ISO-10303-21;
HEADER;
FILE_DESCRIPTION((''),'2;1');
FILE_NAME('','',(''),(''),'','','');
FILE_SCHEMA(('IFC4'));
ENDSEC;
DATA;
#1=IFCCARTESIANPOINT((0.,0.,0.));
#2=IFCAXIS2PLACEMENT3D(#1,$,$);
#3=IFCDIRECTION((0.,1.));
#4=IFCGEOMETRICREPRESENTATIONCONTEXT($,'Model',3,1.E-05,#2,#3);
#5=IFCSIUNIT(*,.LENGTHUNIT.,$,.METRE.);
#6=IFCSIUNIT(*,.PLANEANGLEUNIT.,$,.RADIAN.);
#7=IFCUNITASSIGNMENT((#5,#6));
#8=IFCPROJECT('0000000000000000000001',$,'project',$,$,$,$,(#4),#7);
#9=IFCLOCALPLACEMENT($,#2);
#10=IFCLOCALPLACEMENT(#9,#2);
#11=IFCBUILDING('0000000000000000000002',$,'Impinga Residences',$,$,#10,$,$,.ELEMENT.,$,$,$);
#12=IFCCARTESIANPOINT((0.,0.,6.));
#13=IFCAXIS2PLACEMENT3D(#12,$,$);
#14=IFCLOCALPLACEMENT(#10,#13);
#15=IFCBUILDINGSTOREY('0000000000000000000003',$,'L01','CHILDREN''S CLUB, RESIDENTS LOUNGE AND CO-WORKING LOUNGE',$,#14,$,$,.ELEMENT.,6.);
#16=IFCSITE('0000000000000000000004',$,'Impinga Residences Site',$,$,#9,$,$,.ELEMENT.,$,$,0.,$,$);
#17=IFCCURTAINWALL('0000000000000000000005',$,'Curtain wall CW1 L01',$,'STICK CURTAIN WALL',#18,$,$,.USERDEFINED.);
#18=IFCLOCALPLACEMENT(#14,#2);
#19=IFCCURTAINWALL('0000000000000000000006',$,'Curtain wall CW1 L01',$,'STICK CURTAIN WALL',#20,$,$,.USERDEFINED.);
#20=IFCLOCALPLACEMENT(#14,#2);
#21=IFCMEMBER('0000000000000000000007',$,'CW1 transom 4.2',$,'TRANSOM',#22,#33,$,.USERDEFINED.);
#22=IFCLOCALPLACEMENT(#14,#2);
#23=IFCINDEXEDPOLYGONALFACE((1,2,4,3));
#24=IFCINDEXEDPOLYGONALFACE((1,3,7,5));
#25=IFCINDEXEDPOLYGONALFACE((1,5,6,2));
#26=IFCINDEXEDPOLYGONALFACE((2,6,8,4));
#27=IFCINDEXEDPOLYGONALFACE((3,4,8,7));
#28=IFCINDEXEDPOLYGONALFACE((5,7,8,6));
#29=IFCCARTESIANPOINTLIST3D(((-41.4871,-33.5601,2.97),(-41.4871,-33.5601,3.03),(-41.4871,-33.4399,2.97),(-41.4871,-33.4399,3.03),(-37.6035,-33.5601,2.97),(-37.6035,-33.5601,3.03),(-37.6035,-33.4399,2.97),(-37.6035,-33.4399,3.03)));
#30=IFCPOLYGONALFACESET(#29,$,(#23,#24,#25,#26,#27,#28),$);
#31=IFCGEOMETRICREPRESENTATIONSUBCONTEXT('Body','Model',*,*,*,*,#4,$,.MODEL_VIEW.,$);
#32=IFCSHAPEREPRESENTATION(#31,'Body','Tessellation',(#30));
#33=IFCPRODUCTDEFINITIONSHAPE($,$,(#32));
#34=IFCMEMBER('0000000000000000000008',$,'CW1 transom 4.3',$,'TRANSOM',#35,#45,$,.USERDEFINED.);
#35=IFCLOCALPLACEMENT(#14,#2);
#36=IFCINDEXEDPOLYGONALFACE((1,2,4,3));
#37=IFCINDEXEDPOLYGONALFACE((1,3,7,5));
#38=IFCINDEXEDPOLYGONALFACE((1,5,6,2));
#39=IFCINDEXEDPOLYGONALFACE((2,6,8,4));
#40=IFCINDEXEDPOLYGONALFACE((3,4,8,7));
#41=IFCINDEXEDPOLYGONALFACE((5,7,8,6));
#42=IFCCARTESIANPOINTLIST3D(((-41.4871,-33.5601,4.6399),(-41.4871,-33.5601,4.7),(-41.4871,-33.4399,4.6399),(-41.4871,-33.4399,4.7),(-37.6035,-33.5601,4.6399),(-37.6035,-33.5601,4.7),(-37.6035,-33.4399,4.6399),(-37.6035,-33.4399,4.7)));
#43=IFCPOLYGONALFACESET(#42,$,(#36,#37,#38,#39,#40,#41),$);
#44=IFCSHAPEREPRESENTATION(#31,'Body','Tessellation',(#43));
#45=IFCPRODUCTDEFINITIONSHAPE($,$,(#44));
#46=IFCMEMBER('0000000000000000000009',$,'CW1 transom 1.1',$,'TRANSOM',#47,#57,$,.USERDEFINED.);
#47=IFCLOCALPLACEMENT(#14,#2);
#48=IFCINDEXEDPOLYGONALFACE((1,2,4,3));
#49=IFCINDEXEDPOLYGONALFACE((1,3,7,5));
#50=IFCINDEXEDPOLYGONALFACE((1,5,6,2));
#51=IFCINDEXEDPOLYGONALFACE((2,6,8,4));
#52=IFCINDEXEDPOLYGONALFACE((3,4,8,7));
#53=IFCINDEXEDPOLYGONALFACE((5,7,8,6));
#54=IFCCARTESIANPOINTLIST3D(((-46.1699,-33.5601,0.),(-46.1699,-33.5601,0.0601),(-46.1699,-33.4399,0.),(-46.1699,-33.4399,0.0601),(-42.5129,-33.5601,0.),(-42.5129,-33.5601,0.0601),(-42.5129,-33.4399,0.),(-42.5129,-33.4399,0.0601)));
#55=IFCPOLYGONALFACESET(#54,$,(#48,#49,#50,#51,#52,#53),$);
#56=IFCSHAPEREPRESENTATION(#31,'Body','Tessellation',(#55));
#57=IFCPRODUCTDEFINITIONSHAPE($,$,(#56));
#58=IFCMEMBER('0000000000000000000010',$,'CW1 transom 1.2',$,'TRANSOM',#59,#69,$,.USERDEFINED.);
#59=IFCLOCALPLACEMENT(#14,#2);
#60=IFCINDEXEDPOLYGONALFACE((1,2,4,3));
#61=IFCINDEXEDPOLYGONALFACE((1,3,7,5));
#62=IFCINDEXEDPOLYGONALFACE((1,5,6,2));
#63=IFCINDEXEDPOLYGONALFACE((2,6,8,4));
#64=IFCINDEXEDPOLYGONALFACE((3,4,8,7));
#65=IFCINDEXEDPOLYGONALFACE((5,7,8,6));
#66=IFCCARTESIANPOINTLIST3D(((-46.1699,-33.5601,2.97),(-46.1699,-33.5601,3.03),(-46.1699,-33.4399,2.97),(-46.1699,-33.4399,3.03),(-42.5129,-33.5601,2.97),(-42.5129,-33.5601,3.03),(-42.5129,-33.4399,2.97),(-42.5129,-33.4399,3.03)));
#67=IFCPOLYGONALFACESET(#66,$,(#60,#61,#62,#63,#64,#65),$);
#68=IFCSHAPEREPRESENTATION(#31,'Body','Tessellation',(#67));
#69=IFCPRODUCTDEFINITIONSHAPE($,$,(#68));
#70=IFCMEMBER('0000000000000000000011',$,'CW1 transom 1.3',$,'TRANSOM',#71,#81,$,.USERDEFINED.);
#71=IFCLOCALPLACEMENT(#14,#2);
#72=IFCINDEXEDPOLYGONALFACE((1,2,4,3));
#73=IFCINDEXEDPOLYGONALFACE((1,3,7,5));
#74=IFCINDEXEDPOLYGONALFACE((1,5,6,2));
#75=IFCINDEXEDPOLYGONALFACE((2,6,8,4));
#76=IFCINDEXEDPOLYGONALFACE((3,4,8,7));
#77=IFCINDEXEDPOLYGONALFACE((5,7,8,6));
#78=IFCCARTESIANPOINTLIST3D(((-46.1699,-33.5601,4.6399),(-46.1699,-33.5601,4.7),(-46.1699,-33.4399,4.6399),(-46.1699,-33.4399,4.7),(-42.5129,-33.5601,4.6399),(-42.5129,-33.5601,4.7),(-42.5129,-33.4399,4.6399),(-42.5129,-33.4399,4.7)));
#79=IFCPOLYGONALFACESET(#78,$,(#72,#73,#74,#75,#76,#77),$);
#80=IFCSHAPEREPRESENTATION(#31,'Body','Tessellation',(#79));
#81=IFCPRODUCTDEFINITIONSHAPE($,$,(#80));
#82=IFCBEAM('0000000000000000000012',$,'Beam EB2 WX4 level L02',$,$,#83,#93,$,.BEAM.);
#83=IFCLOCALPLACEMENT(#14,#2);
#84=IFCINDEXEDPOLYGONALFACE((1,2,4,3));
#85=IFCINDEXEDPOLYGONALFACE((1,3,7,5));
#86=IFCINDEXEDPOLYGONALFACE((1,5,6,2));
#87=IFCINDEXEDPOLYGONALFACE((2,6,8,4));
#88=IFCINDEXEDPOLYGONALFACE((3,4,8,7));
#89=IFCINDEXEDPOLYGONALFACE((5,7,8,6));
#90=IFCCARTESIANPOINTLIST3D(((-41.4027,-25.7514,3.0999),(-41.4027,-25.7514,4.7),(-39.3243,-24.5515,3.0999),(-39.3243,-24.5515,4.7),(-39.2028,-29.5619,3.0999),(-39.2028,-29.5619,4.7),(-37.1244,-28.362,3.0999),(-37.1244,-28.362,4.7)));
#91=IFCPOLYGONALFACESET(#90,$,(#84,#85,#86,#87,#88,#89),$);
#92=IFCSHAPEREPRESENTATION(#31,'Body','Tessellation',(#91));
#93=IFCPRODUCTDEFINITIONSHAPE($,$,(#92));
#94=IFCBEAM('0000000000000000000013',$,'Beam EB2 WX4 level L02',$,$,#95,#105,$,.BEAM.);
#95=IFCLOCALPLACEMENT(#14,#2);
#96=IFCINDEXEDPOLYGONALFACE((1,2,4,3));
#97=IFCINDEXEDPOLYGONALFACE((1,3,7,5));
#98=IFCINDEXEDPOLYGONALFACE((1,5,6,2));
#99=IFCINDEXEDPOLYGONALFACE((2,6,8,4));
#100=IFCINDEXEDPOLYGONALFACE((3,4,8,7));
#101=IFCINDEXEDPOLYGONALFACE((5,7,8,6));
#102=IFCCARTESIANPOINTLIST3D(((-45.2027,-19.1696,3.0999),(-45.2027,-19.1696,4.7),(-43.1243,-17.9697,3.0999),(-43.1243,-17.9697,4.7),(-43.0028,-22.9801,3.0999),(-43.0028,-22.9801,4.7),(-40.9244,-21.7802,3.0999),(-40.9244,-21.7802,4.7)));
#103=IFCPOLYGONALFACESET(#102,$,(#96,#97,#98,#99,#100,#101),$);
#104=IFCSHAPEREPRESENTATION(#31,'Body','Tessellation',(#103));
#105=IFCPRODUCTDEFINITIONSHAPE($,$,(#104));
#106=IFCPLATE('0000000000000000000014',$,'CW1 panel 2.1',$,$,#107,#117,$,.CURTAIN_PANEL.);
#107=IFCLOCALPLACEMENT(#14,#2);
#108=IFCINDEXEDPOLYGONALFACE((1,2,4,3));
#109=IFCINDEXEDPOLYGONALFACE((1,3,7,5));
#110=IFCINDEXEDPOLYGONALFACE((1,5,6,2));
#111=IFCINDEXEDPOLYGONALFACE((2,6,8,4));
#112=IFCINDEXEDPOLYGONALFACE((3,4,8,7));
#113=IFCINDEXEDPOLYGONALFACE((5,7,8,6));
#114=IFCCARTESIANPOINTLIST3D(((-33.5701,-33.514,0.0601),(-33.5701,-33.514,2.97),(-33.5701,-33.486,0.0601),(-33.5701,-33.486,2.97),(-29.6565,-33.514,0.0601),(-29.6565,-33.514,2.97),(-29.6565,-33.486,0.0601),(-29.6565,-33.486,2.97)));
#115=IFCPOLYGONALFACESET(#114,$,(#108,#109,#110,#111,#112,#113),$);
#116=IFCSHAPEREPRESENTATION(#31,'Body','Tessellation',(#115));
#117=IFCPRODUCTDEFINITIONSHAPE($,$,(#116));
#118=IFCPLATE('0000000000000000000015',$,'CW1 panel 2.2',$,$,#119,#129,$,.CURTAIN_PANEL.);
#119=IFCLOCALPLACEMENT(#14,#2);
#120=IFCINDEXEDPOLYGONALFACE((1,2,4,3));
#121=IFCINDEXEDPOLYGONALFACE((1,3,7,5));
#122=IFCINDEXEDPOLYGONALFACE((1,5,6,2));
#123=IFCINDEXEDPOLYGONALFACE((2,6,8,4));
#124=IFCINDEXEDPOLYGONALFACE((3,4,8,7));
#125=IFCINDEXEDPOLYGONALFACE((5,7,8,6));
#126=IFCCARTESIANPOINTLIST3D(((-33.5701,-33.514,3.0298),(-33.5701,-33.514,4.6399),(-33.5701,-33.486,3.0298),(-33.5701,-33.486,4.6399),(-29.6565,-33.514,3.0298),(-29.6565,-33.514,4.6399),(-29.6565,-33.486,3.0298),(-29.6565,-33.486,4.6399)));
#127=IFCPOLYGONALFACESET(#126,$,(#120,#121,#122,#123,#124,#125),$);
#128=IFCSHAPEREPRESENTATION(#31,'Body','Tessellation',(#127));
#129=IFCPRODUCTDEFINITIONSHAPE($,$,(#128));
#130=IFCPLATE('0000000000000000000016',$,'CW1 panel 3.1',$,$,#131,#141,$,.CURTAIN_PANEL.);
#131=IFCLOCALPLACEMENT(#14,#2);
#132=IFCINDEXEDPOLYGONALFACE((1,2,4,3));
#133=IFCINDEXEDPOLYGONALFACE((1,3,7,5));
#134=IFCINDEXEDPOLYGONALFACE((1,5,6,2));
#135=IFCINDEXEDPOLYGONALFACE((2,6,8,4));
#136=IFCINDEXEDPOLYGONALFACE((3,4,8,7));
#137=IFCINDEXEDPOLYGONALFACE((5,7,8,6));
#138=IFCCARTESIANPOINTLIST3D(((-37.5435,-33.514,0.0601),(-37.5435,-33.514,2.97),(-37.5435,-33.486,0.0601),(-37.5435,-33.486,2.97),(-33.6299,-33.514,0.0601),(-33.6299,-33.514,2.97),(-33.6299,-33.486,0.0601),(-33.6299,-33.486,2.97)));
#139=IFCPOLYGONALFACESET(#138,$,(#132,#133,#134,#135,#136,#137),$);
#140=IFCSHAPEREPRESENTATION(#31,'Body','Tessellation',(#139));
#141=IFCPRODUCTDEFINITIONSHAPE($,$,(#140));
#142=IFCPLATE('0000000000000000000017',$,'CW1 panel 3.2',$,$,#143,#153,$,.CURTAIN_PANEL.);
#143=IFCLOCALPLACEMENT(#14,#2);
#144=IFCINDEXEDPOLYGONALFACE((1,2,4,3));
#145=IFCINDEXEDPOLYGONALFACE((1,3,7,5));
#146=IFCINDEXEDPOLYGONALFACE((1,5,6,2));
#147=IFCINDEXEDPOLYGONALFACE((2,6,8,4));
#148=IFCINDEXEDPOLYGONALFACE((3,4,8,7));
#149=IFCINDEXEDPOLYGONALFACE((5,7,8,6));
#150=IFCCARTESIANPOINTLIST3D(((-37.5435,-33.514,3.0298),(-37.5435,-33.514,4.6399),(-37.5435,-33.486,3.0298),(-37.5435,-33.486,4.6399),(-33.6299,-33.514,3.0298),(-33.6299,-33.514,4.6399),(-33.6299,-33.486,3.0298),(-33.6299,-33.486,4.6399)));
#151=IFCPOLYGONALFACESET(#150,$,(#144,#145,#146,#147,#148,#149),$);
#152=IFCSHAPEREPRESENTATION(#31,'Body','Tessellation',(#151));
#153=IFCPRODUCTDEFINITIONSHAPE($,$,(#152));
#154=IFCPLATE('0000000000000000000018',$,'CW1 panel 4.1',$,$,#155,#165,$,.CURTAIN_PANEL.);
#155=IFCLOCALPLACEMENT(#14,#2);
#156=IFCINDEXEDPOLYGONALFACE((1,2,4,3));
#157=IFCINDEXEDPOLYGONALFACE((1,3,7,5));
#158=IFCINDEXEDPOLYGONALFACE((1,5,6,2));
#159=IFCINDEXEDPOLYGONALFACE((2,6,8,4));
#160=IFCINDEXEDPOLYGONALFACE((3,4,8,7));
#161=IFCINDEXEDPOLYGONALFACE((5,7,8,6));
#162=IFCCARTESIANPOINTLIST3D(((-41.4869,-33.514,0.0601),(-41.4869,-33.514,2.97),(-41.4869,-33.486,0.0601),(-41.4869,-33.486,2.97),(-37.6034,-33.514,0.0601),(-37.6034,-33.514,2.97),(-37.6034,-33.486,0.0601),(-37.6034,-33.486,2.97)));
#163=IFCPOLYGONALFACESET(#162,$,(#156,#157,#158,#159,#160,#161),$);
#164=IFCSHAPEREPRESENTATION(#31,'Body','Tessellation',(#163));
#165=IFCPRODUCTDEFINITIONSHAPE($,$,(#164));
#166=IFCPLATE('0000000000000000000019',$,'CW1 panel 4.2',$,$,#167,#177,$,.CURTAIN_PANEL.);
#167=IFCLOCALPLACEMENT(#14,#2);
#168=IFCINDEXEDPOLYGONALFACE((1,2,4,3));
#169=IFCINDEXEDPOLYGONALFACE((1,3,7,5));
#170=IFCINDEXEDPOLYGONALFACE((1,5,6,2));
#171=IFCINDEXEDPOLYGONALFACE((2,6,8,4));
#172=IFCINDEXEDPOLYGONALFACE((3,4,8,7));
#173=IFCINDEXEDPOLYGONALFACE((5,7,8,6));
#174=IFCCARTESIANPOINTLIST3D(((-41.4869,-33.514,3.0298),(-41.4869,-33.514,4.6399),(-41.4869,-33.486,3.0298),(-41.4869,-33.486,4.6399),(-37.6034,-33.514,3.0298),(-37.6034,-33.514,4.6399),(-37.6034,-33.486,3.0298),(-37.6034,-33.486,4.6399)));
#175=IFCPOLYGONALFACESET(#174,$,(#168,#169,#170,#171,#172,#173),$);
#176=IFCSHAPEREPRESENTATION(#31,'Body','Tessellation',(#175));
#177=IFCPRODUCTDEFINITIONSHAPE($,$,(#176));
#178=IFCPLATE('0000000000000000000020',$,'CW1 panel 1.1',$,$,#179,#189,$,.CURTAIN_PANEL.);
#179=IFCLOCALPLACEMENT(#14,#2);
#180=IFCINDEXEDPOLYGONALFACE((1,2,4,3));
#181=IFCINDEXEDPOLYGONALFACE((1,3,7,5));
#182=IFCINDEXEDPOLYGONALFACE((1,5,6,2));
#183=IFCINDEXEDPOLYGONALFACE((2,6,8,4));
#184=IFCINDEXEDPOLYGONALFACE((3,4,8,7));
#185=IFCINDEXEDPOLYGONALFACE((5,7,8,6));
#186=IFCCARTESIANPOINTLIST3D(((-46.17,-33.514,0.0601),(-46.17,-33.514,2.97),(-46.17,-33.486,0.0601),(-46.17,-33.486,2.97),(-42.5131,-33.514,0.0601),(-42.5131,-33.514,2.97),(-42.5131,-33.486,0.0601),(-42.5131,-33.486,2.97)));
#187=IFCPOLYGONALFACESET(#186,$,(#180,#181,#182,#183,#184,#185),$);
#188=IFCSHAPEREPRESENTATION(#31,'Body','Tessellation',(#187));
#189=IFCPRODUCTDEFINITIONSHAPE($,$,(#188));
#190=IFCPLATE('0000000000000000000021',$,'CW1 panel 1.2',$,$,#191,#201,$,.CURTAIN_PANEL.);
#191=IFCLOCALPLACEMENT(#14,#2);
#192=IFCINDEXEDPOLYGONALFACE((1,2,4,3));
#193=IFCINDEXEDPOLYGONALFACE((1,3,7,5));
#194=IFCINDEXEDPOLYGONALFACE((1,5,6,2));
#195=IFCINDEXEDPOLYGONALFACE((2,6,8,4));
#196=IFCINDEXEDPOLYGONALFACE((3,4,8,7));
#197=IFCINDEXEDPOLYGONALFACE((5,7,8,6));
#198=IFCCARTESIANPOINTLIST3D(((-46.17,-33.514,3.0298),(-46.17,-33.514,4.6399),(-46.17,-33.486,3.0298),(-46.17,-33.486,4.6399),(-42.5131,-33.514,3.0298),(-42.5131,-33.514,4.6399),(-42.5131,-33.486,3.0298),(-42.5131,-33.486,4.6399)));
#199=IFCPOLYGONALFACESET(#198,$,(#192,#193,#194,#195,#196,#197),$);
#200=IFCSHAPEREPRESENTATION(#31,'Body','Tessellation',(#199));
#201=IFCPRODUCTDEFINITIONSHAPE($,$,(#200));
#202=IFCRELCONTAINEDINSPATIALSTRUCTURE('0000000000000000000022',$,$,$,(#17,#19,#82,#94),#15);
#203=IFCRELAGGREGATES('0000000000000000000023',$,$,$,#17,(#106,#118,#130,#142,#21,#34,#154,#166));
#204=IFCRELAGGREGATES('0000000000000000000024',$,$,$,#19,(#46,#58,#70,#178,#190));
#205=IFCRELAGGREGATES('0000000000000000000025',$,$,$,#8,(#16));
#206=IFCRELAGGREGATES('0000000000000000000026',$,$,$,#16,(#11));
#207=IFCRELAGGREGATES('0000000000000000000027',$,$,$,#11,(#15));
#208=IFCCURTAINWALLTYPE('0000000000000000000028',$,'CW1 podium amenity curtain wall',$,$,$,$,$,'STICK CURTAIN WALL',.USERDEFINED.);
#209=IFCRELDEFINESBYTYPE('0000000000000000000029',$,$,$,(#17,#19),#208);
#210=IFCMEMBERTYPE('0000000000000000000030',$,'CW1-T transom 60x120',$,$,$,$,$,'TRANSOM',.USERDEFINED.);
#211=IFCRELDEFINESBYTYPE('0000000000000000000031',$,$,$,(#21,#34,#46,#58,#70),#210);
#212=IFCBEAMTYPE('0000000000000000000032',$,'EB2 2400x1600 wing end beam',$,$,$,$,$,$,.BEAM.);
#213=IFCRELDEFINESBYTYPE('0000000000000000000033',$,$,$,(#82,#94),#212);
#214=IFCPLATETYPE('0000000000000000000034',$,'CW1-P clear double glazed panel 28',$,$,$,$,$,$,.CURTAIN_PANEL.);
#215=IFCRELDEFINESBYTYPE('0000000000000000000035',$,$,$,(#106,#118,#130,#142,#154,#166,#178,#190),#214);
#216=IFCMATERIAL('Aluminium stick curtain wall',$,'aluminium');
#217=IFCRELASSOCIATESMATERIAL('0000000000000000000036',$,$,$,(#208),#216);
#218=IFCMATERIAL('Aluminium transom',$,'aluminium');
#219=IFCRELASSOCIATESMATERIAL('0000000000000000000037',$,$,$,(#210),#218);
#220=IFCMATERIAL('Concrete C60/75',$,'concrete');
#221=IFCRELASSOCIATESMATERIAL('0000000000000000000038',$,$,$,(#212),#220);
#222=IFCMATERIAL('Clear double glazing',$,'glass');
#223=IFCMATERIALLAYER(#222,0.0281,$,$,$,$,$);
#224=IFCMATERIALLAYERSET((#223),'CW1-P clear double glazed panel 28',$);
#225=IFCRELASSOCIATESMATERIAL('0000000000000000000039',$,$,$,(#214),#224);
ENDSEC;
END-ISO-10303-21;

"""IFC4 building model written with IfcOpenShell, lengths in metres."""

from ifc_helpers import new_model, si_unit, direction, frame, origin, origin_2d, place, context, subcontext, project, spatial, rectangle, extrude, material, layer, layer_set, material_profile, profile_set, type_object, element, aggregate, save


model = new_model("IFC4")

# Units and contexts
model_context = context("Model", 3, precision=1e-05, world=origin(), true_north=direction((0.0, 1.0)))
body_context = subcontext(model_context, "Body", "Model", "MODEL_VIEW")
ifc_project = project(units=[si_unit("LENGTHUNIT", "METRE"), si_unit("PLANEANGLEUNIT", "RADIAN")], contexts=[model_context])

# Site, building, storey
site_placement = place(None, origin())
site = spatial("IfcSite", under=ifc_project, at=site_placement, Name="Impinga Residences Site", CompositionType="ELEMENT", RefElevation=0.0)
building_placement = place(site_placement, origin())
building = spatial("IfcBuilding", under=site, at=building_placement, Name="Impinga Residences", CompositionType="ELEMENT")
storey_placement = place(building_placement, frame((0.0, 0.0, 6.0)))
storey = spatial("IfcBuildingStorey", under=building, at=storey_placement, Name="L01", Description="CHILDREN'S CLUB, RESIDENTS LOUNGE AND CO-WORKING LOUNGE", CompositionType="ELEMENT", Elevation=6.0)

# Shared definitions
ifc_material_1 = material(Name="Concrete C60/75", Category="concrete")

# Curtain wall
ifc_material_2 = material(Name="Aluminium stick curtain wall", Category="aluminium")
curtain_wall_type = type_object("IfcCurtainWallType", Name="CW1 podium amenity curtain wall", ElementType="STICK CURTAIN WALL", PredefinedType="USERDEFINED", material=ifc_material_2)
curtain_wall_1_placement = place(storey_placement, origin())
curtain_wall_1 = element("IfcCurtainWall", 1, at=curtain_wall_1_placement, inside=storey, type_object=curtain_wall_type, Name="Curtain wall CW1 L01", ObjectType="STICK CURTAIN WALL", PredefinedType="USERDEFINED")

# Curtain wall
curtain_wall_2_placement = place(storey_placement, origin())
curtain_wall_2 = element("IfcCurtainWall", 2, at=curtain_wall_2_placement, inside=storey, type_object=curtain_wall_type, Name="Curtain wall CW1 L01", ObjectType="STICK CURTAIN WALL", PredefinedType="USERDEFINED")

# Members
ifc_material_3 = material(Name="Aluminium transom", Category="aluminium")
ifc_material_profile_1 = material_profile(ifc_material_3, rectangle(XDim=0.0601, YDim=0.1201, at=origin_2d()), Name="60x120 transom")
ifc_profile_set_1 = profile_set([ifc_material_profile_1], Name="Aluminium transom")
member_type_1 = type_object("IfcMemberType", Name="CW1-T transom 60x120", ElementType="TRANSOM", PredefinedType="USERDEFINED", material=ifc_profile_set_1)
member_1_placement = place(storey_placement, frame((-37.6035, -33.5, 3.0), z_axis=(-1.0, 0.0, 0.0), x_axis=(0.0, 0.0, 1.0)))
member_1 = element("IfcMember", 3, at=member_1_placement, type_object=member_type_1, Name="CW1 transom 4.2", ObjectType="TRANSOM", PredefinedType="USERDEFINED", context=body_context, shape_type="SweptSolid", body=[
    extrude(rectangle(XDim=0.0601, YDim=0.1201, at=origin_2d()), origin(), (0.0, 0.0, 1.0), 3.8835),
])
member_2_placement = place(storey_placement, frame((-37.6035, -33.5, 4.6699), z_axis=(-1.0, 0.0, 0.0), x_axis=(0.0, 0.0, 1.0)))
member_2 = element("IfcMember", 4, at=member_2_placement, type_object=member_type_1, Name="CW1 transom 4.3", ObjectType="TRANSOM", PredefinedType="USERDEFINED", context=body_context, shape_type="SweptSolid", body=[
    extrude(rectangle(XDim=0.0601, YDim=0.1201, at=origin_2d()), origin(), (0.0, 0.0, 1.0), 3.8835),
])
member_3_placement = place(storey_placement, frame((-42.5129, -33.5, 0.03), z_axis=(-1.0, 0.0, 0.0), x_axis=(0.0, 0.0, 1.0)))
member_3 = element("IfcMember", 5, at=member_3_placement, type_object=member_type_1, Name="CW1 transom 1.1", ObjectType="TRANSOM", PredefinedType="USERDEFINED", context=body_context, shape_type="SweptSolid", body=[
    extrude(rectangle(XDim=0.0601, YDim=0.1201, at=origin_2d()), origin(), (0.0, 0.0, 1.0), 3.657),
])
member_4_placement = place(storey_placement, frame((-42.5129, -33.5, 3.0), z_axis=(-1.0, 0.0, 0.0), x_axis=(0.0, 0.0, 1.0)))
member_4 = element("IfcMember", 6, at=member_4_placement, type_object=member_type_1, Name="CW1 transom 1.2", ObjectType="TRANSOM", PredefinedType="USERDEFINED", context=body_context, shape_type="SweptSolid", body=[
    extrude(rectangle(XDim=0.0601, YDim=0.1201, at=origin_2d()), origin(), (0.0, 0.0, 1.0), 3.657),
])
member_5_placement = place(storey_placement, frame((-42.5129, -33.5, 4.6699), z_axis=(-1.0, 0.0, 0.0), x_axis=(0.0, 0.0, 1.0)))
member_5 = element("IfcMember", 7, at=member_5_placement, type_object=member_type_1, Name="CW1 transom 1.3", ObjectType="TRANSOM", PredefinedType="USERDEFINED", context=body_context, shape_type="SweptSolid", body=[
    extrude(rectangle(XDim=0.0601, YDim=0.1201, at=origin_2d()), origin(), (0.0, 0.0, 1.0), 3.657),
])

# Beams
ifc_material_profile_2 = material_profile(ifc_material_1, rectangle(XDim=2.3999, YDim=1.6001, at=origin_2d()), Name="RC 2400x1600")
ifc_profile_set_2 = profile_set([ifc_material_profile_2], Name="Concrete C60/75")
beam_type_1 = type_object("IfcBeamType", Name="EB2 2400x1600 wing end beam", PredefinedType="BEAM", material=ifc_profile_set_2)
for number, where, z_axis, x_axis, name in (
    (8, (-38.1636, -28.9619, 3.8999), (-0.499988, 0.866032, 0.0), (-0.866032, -0.499988, 0.0), "Beam EB2 WX4 level L02"),
    (9, (-41.9636, -22.3801, 3.8999), (-0.499988, 0.866032, 0.0), (-0.866032, -0.499988, 0.0), "Beam EB2 WX4 level L02"),
):
    element("IfcBeam", number, at=place(storey_placement, frame(where, z_axis=z_axis, x_axis=x_axis)), inside=storey, type_object=beam_type_1, Name=name, PredefinedType="BEAM", context=body_context, shape_type="SweptSolid", body=[
        extrude(rectangle(XDim=2.3999, YDim=1.6001, at=origin_2d()), origin(), (0.0, 0.0, 1.0), 4.3999),
    ])

# Plates
ifc_material_4 = material(Name="Clear double glazing", Category="glass")
ifc_layer_1 = layer(ifc_material_4, 0.0281)
ifc_layer_set_1 = layer_set([ifc_layer_1], Name="CW1-P clear double glazed panel 28")
plate_type = type_object("IfcPlateType", Name="CW1-P clear double glazed panel 28", PredefinedType="CURTAIN_PANEL", material=ifc_layer_set_1)
plate_1_placement = place(storey_placement, frame((-31.6133, -33.5, 0.0601), z_axis=(0.0, 0.0, 1.0), x_axis=(-1.0, 0.0, 0.0)))
plate_1 = element("IfcPlate", 10, at=plate_1_placement, type_object=plate_type, Name="CW1 panel 2.1", PredefinedType="CURTAIN_PANEL", context=body_context, shape_type="SweptSolid", body=[
    extrude(rectangle(XDim=3.9136, YDim=0.0281, at=origin_2d()), origin(), (0.0, 0.0, 1.0), 2.9099),
])
plate_2_placement = place(storey_placement, frame((-31.6133, -33.5, 3.0298), z_axis=(0.0, 0.0, 1.0), x_axis=(-1.0, 0.0, 0.0)))
plate_2 = element("IfcPlate", 11, at=plate_2_placement, type_object=plate_type, Name="CW1 panel 2.2", PredefinedType="CURTAIN_PANEL", context=body_context, shape_type="SweptSolid", body=[
    extrude(rectangle(XDim=3.9136, YDim=0.0281, at=origin_2d()), origin(), (0.0, 0.0, 1.0), 1.6101),
])
plate_3_placement = place(storey_placement, frame((-35.5867, -33.5, 0.0601), z_axis=(0.0, 0.0, 1.0), x_axis=(-1.0, 0.0, 0.0)))
plate_3 = element("IfcPlate", 12, at=plate_3_placement, type_object=plate_type, Name="CW1 panel 3.1", PredefinedType="CURTAIN_PANEL", context=body_context, shape_type="SweptSolid", body=[
    extrude(rectangle(XDim=3.9136, YDim=0.0281, at=origin_2d()), origin(), (0.0, 0.0, 1.0), 2.9099),
])
plate_4_placement = place(storey_placement, frame((-35.5867, -33.5, 3.0298), z_axis=(0.0, 0.0, 1.0), x_axis=(-1.0, 0.0, 0.0)))
plate_4 = element("IfcPlate", 13, at=plate_4_placement, type_object=plate_type, Name="CW1 panel 3.2", PredefinedType="CURTAIN_PANEL", context=body_context, shape_type="SweptSolid", body=[
    extrude(rectangle(XDim=3.9136, YDim=0.0281, at=origin_2d()), origin(), (0.0, 0.0, 1.0), 1.6101),
])
plate_5_placement = place(storey_placement, frame((-39.5452, -33.5, 0.0601), z_axis=(0.0, 0.0, 1.0), x_axis=(-1.0, 0.0, 0.0)))
plate_5 = element("IfcPlate", 14, at=plate_5_placement, type_object=plate_type, Name="CW1 panel 4.1", PredefinedType="CURTAIN_PANEL", context=body_context, shape_type="SweptSolid", body=[
    extrude(rectangle(XDim=3.8835, YDim=0.0281, at=origin_2d()), origin(), (0.0, 0.0, 1.0), 2.9099),
])
plate_6_placement = place(storey_placement, frame((-39.5452, -33.5, 3.0298), z_axis=(0.0, 0.0, 1.0), x_axis=(-1.0, 0.0, 0.0)))
plate_6 = element("IfcPlate", 15, at=plate_6_placement, type_object=plate_type, Name="CW1 panel 4.2", PredefinedType="CURTAIN_PANEL", context=body_context, shape_type="SweptSolid", body=[
    extrude(rectangle(XDim=3.8835, YDim=0.0281, at=origin_2d()), origin(), (0.0, 0.0, 1.0), 1.6101),
])
aggregate(curtain_wall_1, [plate_1, plate_2, plate_3, plate_4, member_1, member_2, plate_5, plate_6])
plate_7_placement = place(storey_placement, frame((-44.3416, -33.5, 0.0601), z_axis=(0.0, 0.0, 1.0), x_axis=(-1.0, 0.0, 0.0)))
plate_7 = element("IfcPlate", 16, at=plate_7_placement, type_object=plate_type, Name="CW1 panel 1.1", PredefinedType="CURTAIN_PANEL", context=body_context, shape_type="SweptSolid", body=[
    extrude(rectangle(XDim=3.657, YDim=0.0281, at=origin_2d()), origin(), (0.0, 0.0, 1.0), 2.9099),
])
plate_8_placement = place(storey_placement, frame((-44.3416, -33.5, 3.0298), z_axis=(0.0, 0.0, 1.0), x_axis=(-1.0, 0.0, 0.0)))
plate_8 = element("IfcPlate", 17, at=plate_8_placement, type_object=plate_type, Name="CW1 panel 1.2", PredefinedType="CURTAIN_PANEL", context=body_context, shape_type="SweptSolid", body=[
    extrude(rectangle(XDim=3.657, YDim=0.0281, at=origin_2d()), origin(), (0.0, 0.0, 1.0), 1.6101),
])
aggregate(curtain_wall_2, [member_3, member_4, member_5, plate_7, plate_8])

save(model, "model.ifc")
